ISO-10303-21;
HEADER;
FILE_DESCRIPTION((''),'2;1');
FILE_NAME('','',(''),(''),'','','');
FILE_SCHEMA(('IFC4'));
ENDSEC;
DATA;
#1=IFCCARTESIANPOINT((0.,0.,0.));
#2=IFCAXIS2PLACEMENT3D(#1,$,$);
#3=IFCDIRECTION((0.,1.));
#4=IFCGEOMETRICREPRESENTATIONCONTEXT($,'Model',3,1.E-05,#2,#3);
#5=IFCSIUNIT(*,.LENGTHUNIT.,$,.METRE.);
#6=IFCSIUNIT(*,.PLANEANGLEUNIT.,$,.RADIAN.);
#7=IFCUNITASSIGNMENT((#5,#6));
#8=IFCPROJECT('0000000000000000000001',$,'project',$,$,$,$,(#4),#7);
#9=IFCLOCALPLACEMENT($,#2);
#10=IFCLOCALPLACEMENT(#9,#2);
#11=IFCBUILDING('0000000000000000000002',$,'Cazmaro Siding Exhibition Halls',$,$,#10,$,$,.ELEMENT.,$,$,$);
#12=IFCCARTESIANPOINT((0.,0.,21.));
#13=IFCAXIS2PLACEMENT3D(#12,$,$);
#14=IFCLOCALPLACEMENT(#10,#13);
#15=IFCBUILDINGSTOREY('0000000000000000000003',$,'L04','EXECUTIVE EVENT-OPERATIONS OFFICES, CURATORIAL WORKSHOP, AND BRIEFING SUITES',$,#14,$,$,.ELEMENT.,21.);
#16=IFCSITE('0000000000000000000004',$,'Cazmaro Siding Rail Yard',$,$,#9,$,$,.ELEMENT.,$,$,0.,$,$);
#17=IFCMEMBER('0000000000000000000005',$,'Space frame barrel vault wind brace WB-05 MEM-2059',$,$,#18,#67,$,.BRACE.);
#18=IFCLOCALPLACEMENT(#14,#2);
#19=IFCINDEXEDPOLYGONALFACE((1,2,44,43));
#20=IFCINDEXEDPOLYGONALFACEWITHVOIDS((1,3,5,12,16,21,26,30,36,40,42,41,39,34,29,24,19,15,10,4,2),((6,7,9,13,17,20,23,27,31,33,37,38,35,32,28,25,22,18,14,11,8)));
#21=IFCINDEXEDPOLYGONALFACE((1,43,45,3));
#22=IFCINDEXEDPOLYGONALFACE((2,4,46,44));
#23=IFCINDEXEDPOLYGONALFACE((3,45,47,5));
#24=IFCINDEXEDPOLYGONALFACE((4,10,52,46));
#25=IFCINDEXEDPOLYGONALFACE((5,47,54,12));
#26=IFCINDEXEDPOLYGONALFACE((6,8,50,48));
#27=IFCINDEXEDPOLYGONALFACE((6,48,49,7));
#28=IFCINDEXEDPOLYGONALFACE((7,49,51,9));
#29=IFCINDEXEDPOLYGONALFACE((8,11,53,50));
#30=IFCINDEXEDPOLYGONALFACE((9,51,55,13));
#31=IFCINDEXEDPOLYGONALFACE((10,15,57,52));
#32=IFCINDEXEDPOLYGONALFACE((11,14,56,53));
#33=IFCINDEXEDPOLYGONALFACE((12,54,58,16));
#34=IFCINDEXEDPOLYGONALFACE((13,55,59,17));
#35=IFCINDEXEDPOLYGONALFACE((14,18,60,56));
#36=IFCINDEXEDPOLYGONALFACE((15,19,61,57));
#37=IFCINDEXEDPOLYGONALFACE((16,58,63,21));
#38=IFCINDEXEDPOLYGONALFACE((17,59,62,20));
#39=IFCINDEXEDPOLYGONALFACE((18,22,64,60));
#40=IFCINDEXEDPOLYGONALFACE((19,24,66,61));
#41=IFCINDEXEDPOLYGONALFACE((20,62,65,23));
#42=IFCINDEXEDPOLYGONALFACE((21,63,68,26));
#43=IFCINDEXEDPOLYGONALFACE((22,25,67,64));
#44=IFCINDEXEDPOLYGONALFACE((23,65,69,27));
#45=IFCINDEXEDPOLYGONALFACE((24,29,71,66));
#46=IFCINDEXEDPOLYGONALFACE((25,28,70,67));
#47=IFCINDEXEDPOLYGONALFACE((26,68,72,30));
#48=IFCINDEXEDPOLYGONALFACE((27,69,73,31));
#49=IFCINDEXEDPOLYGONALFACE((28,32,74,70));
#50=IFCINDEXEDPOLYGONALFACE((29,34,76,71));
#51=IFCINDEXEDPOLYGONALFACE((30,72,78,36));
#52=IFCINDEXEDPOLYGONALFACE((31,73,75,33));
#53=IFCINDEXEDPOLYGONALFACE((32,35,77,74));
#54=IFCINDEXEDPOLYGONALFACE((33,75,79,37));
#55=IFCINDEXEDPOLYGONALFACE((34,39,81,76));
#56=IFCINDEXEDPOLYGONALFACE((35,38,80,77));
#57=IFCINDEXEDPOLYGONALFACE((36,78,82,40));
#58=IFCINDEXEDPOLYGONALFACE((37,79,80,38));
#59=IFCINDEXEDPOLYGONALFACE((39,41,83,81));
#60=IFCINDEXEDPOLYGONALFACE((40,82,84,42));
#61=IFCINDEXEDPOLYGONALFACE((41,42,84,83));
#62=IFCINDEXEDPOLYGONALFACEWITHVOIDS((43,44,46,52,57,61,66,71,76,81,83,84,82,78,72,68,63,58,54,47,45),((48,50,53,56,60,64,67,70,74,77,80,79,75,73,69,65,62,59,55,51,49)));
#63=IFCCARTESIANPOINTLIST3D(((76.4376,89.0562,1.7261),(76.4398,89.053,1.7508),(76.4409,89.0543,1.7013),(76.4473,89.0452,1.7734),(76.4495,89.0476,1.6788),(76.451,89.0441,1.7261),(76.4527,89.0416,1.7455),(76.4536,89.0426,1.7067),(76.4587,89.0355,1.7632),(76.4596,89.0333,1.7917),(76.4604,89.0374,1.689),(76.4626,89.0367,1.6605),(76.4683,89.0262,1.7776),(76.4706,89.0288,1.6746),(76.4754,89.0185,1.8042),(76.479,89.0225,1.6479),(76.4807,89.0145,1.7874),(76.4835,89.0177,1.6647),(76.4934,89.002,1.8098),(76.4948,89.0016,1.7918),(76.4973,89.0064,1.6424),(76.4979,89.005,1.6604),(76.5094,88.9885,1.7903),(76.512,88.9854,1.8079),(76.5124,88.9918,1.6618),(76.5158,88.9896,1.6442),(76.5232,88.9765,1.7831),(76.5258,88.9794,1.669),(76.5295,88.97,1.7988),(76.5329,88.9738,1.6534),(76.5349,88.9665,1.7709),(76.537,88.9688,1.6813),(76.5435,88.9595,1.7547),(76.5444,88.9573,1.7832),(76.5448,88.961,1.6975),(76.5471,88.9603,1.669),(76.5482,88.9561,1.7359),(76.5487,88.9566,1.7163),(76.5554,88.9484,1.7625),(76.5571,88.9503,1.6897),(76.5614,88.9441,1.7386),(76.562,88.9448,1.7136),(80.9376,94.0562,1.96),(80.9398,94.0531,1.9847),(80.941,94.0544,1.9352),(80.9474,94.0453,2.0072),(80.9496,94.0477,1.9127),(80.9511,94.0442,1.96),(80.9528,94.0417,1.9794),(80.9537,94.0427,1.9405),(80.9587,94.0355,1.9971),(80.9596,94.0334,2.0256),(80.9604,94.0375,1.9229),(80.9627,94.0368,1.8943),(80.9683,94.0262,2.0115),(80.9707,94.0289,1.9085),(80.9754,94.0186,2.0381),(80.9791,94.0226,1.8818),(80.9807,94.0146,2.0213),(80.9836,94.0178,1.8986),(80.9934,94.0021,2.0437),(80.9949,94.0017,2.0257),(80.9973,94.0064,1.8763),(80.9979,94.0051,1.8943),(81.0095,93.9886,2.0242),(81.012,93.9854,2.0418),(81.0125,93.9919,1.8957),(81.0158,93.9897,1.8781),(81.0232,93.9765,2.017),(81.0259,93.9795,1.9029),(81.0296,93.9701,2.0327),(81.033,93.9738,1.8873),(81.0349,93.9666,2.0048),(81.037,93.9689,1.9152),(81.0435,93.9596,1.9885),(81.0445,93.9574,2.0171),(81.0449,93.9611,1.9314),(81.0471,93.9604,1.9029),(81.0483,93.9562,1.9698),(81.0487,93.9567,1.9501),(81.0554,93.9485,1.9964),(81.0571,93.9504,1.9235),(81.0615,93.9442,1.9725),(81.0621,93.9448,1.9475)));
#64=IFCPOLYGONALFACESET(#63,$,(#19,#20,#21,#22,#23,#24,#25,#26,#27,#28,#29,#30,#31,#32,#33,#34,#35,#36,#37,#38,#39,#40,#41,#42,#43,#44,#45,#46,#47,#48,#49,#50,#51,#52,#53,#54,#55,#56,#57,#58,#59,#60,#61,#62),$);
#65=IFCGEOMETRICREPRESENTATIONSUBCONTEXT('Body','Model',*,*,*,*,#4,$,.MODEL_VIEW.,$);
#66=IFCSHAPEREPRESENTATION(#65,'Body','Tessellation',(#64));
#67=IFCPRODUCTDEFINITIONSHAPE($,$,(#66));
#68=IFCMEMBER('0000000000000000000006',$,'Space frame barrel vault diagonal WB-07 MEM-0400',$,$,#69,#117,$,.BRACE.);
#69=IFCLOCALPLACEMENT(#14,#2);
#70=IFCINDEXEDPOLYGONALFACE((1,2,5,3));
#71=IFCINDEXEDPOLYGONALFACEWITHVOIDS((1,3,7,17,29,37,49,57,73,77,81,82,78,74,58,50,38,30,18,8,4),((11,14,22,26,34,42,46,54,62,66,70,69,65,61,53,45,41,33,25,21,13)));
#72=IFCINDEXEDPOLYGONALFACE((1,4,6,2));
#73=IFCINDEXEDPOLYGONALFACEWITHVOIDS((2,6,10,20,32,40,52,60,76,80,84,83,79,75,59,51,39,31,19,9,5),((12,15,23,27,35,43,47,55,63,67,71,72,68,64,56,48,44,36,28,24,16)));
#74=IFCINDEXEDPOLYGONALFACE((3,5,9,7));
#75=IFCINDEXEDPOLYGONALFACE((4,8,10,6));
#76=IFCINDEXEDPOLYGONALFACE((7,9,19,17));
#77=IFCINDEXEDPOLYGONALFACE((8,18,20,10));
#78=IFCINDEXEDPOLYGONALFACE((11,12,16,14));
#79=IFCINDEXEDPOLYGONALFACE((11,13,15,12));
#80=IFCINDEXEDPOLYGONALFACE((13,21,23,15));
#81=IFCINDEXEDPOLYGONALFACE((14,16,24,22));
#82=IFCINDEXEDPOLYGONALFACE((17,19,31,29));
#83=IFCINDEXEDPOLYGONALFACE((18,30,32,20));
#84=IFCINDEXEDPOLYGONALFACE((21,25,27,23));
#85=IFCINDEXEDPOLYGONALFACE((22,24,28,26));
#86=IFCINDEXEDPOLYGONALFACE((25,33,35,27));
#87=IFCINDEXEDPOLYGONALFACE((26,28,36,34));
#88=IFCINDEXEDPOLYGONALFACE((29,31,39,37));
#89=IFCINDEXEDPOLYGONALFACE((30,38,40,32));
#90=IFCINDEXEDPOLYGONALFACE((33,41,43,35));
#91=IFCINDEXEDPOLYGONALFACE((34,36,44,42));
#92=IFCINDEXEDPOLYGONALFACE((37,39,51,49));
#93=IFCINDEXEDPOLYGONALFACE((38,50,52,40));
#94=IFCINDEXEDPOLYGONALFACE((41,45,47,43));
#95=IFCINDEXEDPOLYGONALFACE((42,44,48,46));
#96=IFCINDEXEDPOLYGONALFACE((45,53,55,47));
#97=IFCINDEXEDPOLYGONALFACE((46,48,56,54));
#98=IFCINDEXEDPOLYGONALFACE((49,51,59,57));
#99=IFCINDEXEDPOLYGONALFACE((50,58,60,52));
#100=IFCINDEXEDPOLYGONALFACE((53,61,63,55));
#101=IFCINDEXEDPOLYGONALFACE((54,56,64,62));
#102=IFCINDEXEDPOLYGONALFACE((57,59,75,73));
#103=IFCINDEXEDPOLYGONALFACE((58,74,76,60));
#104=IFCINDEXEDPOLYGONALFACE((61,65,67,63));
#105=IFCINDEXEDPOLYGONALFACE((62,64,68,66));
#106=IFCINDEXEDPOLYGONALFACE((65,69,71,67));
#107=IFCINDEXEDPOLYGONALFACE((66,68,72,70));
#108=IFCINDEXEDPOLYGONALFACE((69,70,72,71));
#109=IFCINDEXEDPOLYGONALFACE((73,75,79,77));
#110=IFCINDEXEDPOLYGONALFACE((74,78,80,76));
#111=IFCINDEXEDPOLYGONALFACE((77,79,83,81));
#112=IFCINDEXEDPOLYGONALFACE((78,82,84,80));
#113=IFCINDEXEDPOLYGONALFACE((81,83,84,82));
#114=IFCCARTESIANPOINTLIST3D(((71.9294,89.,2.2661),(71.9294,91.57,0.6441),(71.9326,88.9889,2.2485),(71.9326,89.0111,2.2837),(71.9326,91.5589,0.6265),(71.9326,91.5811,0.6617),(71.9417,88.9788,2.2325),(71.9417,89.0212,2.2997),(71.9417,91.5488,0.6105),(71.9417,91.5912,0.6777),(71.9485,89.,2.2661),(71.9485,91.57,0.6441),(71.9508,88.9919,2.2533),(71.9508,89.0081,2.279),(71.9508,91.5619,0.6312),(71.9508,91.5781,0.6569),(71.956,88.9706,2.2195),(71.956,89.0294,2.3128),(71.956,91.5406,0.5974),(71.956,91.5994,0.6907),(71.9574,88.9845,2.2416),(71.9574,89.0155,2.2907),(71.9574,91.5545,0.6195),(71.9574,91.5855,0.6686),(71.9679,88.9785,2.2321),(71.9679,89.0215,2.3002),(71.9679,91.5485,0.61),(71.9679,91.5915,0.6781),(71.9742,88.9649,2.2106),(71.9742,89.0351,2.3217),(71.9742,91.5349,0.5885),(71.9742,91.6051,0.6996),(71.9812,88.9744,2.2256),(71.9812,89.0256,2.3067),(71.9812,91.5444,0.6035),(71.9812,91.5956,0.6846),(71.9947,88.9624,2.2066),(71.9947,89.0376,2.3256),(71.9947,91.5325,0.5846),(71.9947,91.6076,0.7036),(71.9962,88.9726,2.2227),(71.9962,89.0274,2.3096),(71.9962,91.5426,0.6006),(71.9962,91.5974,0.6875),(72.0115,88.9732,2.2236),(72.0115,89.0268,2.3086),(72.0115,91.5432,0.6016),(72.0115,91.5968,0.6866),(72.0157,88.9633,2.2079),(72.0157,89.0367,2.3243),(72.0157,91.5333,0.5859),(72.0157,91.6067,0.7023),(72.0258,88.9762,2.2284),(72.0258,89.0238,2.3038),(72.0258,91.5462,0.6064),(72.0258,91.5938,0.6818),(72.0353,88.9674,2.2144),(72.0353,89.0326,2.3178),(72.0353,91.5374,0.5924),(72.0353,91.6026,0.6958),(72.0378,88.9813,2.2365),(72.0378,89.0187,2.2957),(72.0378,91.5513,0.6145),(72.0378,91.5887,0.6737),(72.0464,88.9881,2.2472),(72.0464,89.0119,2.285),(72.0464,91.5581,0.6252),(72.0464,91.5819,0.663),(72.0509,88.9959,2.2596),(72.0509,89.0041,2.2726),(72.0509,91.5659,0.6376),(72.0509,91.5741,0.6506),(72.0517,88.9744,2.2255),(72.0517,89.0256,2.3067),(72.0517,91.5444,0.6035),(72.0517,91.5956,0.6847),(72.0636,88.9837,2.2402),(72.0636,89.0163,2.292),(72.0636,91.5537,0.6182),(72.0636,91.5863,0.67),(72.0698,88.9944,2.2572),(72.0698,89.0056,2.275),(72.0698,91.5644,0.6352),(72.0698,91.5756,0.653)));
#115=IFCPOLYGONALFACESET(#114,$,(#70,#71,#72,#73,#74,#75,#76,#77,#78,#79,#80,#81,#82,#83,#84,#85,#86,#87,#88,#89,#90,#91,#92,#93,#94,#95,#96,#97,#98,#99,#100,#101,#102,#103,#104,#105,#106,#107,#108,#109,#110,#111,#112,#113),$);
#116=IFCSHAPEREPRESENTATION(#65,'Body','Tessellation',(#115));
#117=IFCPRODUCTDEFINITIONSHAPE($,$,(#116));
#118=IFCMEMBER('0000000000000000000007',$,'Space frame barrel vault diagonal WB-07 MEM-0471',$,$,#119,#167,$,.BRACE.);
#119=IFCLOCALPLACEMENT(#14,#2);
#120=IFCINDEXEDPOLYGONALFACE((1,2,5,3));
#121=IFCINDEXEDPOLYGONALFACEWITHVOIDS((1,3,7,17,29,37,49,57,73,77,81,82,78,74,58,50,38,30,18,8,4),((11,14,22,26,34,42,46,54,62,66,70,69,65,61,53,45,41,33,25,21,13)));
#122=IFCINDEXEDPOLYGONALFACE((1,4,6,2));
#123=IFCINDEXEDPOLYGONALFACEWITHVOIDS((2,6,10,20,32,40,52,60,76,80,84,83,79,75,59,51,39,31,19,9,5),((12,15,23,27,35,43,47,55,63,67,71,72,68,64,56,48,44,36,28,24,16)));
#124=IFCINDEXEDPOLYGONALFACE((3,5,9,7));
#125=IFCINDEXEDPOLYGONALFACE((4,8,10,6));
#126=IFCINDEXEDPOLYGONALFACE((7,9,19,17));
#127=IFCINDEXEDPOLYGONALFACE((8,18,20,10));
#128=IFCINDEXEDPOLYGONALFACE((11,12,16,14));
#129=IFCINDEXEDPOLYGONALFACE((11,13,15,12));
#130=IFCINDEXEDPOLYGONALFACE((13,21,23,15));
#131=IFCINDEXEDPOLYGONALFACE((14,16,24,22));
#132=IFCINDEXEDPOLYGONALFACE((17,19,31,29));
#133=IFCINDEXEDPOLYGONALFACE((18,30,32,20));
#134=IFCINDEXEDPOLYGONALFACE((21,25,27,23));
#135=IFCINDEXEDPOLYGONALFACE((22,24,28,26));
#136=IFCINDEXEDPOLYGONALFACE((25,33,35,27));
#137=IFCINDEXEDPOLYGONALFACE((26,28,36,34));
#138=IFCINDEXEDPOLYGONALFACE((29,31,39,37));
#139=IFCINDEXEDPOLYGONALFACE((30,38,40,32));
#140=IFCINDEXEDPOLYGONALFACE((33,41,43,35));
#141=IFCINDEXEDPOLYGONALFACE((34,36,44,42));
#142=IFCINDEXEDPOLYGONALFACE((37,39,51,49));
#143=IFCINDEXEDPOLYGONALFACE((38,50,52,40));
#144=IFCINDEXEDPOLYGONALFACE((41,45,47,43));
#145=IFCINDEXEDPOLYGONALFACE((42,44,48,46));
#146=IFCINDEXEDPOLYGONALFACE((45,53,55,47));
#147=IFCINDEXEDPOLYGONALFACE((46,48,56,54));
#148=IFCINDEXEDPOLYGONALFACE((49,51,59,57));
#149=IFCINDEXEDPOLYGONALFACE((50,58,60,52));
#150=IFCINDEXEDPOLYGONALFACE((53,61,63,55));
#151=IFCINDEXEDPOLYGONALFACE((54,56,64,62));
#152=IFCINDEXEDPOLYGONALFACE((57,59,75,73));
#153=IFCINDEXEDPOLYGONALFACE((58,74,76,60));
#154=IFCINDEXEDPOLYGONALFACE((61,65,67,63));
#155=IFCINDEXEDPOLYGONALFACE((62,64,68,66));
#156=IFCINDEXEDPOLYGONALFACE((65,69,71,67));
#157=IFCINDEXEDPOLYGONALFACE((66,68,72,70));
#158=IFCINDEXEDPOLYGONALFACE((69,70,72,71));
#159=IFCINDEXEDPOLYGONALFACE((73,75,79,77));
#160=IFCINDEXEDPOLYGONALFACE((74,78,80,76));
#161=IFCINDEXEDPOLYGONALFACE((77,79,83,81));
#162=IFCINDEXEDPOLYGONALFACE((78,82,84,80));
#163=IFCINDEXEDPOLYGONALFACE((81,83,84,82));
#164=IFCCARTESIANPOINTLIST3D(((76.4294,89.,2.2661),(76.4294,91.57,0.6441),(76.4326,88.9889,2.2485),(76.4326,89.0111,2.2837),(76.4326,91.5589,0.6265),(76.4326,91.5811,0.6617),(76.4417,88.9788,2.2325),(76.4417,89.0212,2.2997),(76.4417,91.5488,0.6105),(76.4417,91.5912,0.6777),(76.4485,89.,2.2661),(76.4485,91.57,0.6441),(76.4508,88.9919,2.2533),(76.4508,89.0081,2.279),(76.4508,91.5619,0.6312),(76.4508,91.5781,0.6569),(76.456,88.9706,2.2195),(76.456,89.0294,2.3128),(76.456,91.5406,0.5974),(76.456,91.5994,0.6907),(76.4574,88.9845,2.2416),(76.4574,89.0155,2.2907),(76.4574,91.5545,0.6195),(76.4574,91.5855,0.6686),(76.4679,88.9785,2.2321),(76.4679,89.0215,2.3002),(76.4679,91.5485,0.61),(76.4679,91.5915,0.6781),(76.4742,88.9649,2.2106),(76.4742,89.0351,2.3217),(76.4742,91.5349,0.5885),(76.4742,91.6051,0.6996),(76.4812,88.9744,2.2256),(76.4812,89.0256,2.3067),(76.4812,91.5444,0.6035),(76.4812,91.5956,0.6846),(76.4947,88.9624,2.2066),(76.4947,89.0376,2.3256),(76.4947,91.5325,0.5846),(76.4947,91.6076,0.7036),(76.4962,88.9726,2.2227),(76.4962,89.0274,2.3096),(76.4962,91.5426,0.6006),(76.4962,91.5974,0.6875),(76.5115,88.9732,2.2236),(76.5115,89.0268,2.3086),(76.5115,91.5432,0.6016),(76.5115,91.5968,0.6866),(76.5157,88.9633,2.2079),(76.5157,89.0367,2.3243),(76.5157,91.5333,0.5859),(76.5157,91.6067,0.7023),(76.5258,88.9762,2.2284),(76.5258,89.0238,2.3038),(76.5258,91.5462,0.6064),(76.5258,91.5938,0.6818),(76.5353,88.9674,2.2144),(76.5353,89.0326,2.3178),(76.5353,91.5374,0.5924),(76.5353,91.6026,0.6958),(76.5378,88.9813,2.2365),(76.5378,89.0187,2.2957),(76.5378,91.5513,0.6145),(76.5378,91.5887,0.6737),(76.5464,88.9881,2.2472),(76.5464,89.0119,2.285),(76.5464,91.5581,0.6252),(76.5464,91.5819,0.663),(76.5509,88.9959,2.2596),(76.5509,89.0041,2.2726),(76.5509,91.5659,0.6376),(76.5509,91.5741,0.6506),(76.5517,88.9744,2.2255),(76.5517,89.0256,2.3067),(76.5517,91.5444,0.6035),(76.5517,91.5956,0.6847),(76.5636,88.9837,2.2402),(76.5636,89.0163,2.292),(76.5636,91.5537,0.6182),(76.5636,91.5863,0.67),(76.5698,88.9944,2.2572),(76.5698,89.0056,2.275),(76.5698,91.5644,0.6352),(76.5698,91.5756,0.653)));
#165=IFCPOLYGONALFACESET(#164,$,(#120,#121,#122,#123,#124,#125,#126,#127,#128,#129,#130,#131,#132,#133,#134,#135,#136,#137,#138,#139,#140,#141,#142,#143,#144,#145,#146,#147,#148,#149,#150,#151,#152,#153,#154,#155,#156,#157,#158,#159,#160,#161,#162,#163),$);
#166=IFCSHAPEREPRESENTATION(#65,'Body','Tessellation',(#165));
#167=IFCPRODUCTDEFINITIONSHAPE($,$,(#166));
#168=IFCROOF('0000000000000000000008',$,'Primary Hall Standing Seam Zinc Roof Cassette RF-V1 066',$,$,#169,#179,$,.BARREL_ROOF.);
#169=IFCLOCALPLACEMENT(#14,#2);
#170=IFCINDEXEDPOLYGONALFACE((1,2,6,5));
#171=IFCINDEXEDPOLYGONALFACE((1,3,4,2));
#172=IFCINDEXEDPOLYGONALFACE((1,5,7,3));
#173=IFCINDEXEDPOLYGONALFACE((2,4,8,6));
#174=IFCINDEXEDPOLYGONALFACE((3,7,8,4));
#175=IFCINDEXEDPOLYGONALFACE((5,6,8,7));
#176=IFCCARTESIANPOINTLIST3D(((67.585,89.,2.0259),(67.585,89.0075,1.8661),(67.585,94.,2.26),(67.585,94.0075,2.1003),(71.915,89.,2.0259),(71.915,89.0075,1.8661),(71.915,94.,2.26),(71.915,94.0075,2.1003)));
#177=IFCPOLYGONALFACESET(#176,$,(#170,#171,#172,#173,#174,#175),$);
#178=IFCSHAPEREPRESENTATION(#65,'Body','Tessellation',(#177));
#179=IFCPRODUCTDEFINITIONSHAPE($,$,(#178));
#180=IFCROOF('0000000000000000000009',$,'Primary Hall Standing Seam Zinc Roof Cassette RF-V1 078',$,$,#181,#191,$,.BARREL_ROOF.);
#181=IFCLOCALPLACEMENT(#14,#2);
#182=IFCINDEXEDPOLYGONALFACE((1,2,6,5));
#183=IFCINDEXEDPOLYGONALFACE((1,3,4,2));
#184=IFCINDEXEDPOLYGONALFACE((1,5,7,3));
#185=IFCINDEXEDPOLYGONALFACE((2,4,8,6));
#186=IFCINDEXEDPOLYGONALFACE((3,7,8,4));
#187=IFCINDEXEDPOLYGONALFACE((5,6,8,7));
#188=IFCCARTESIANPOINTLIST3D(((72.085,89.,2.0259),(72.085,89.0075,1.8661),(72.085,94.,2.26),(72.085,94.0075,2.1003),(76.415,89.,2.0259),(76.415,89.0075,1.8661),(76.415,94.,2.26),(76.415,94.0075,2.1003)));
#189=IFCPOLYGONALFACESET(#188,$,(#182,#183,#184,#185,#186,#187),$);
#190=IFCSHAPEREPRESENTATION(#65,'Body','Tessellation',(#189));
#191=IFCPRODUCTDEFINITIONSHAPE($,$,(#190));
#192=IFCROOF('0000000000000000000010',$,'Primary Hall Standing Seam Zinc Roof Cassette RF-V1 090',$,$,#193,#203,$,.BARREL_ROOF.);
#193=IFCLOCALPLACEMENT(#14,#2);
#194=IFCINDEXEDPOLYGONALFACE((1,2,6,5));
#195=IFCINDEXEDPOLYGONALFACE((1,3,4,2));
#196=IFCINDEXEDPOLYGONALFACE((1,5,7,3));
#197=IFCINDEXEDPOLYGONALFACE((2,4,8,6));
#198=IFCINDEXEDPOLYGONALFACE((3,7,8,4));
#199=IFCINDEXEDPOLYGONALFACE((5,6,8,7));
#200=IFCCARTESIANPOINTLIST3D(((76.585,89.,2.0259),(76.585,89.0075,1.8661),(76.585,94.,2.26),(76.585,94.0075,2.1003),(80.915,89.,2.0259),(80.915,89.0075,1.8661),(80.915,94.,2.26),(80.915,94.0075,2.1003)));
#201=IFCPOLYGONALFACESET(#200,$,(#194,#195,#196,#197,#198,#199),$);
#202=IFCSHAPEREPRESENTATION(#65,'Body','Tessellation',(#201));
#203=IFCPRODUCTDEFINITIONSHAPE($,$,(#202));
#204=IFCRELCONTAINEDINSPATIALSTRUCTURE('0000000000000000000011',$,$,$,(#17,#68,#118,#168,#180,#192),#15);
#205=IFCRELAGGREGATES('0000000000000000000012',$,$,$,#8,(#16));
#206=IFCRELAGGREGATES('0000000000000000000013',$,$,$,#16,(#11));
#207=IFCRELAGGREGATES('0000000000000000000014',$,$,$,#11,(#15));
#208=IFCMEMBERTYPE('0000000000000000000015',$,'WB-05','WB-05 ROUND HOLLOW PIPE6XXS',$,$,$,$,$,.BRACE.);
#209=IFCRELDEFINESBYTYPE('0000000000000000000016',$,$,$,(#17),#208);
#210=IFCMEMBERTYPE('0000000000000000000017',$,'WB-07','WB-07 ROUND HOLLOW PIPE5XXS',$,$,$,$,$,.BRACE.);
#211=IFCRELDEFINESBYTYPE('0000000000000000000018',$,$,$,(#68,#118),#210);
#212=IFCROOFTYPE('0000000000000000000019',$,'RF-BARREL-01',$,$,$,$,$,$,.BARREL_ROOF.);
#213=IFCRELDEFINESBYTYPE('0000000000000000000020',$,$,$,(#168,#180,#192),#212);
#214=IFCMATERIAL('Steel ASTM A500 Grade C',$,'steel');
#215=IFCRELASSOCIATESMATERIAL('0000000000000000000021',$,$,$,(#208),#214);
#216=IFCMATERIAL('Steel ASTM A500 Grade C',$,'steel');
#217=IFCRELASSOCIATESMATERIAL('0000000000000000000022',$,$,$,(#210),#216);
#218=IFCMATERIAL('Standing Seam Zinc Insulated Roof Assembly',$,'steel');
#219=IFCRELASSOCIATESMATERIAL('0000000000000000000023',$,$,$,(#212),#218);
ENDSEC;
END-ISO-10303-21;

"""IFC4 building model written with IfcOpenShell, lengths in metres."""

from ifc_helpers import new_model, si_unit, direction, frame, origin, origin_2d, place, context, subcontext, project, spatial, polyline, hollow_circle, outline, extrude, material, material_profile, profile_set, type_object, element, save


model = new_model("IFC4")

# Units and contexts
model_context = context("Model", 3, precision=1e-05, world=origin(), true_north=direction((0.0, 1.0)))
body_context = subcontext(model_context, "Body", "Model", "MODEL_VIEW")
ifc_project = project(units=[si_unit("LENGTHUNIT", "METRE"), si_unit("PLANEANGLEUNIT", "RADIAN")], contexts=[model_context])

# Site, building, storey
site_placement = place(None, origin())
site = spatial("IfcSite", under=ifc_project, at=site_placement, Name="Cazmaro Siding Rail Yard", CompositionType="ELEMENT", RefElevation=0.0)
building_placement = place(site_placement, origin())
building = spatial("IfcBuilding", under=site, at=building_placement, Name="Cazmaro Siding Exhibition Halls", CompositionType="ELEMENT")
storey_placement = place(building_placement, frame((0.0, 0.0, 21.0)))
storey = spatial("IfcBuildingStorey", under=building, at=storey_placement, Name="L04", Description="EXECUTIVE EVENT-OPERATIONS OFFICES, CURATORIAL WORKSHOP, AND BRIEFING SUITES", CompositionType="ELEMENT", Elevation=21.0)

# Members
ifc_material_1 = material(Name="Steel ASTM A500 Grade C", Category="steel")
ifc_material_profile_1 = material_profile(ifc_material_1, hollow_circle(Radius=0.084, WallThickness=0.0181, at=origin_2d()), Name="PIPE6XXS")
ifc_profile_set_1 = profile_set([ifc_material_profile_1], Name="Steel ASTM A500 Grade C")
member_type_1 = type_object("IfcMemberType", Name="WB-05", Description="WB-05 ROUND HOLLOW PIPE6XXS", PredefinedType="BRACE", material=ifc_profile_set_1)
member_1_placement = place(storey_placement, frame((76.5, 89.0, 1.7261), z_axis=(0.668561, 0.742845, 0.034748), x_axis=(-0.743294, 0.668965, 0.0)))
element("IfcMember", 1, at=member_1_placement, inside=storey, type_object=member_type_1, Name="Space frame barrel vault wind brace WB-05 MEM-2059", PredefinedType="BRACE", context=body_context, shape_type="SweptSolid", body=[
    extrude(hollow_circle(Radius=0.084, WallThickness=0.0181, at=origin_2d()), origin(), (0.0, 0.0, 1.0), 6.731),
])
ifc_material_2 = material(Name="Steel ASTM A500 Grade C", Category="steel")
ifc_material_profile_2 = material_profile(ifc_material_2, hollow_circle(Radius=0.0706, WallThickness=0.019, at=origin_2d()), Name="PIPE5XXS")
ifc_profile_set_2 = profile_set([ifc_material_profile_2], Name="Steel ASTM A500 Grade C")
member_type_2 = type_object("IfcMemberType", Name="WB-07", Description="WB-07 ROUND HOLLOW PIPE5XXS", PredefinedType="BRACE", material=ifc_profile_set_2)
for number, where, z_axis, x_axis, name in (
    (2, (72.0, 89.0, 2.2661), (0.0, 0.845657, -0.533727), (-1.0, 0.0, 0.0), "Space frame barrel vault diagonal WB-07 MEM-0400"),
    (3, (76.5, 89.0, 2.2661), (0.0, 0.845657, -0.533727), (-1.0, 0.0, 0.0), "Space frame barrel vault diagonal WB-07 MEM-0471"),
):
    element("IfcMember", number, at=place(storey_placement, frame(where, z_axis=z_axis, x_axis=x_axis)), inside=storey, type_object=member_type_2, Name=name, PredefinedType="BRACE", context=body_context, shape_type="SweptSolid", body=[
        extrude(hollow_circle(Radius=0.0706, WallThickness=0.019, at=origin_2d()), origin(), (0.0, 0.0, 1.0), 3.0391),
    ])

# Roofs
ifc_material_3 = material(Name="Standing Seam Zinc Insulated Roof Assembly", Category="steel")
roof_type = type_object("IfcRoofType", Name="RF-BARREL-01", PredefinedType="BARREL_ROOF", material=ifc_material_3)
for number, where, z_axis, x_axis, name in (
    (4, (67.585, 89.0, 2.0259), (0.0, -0.046775, 0.998905), (1.0, 0.0, 0.0), "Primary Hall Standing Seam Zinc Roof Cassette RF-V1 066"),
    (5, (72.085, 89.0, 2.0259), (0.0, -0.046775, 0.998905), (1.0, 0.0, 0.0), "Primary Hall Standing Seam Zinc Roof Cassette RF-V1 078"),
    (6, (76.585, 89.0, 2.0259), (0.0, -0.046775, 0.998905), (1.0, 0.0, 0.0), "Primary Hall Standing Seam Zinc Roof Cassette RF-V1 090"),
):
    element("IfcRoof", number, at=place(storey_placement, frame(where, z_axis=z_axis, x_axis=x_axis)), inside=storey, type_object=roof_type, Name=name, PredefinedType="BARREL_ROOF", context=body_context, shape_type="SweptSolid", body=[
        extrude(outline(polyline([(0.0, 0.0), (4.3301, 0.0), (4.3301, 5.0055), (0.0, 5.0055), (0.0, 0.0)])), origin(), (0.0, 0.0, -1.0), 0.1599),
    ])

save(model, "model.ifc")
